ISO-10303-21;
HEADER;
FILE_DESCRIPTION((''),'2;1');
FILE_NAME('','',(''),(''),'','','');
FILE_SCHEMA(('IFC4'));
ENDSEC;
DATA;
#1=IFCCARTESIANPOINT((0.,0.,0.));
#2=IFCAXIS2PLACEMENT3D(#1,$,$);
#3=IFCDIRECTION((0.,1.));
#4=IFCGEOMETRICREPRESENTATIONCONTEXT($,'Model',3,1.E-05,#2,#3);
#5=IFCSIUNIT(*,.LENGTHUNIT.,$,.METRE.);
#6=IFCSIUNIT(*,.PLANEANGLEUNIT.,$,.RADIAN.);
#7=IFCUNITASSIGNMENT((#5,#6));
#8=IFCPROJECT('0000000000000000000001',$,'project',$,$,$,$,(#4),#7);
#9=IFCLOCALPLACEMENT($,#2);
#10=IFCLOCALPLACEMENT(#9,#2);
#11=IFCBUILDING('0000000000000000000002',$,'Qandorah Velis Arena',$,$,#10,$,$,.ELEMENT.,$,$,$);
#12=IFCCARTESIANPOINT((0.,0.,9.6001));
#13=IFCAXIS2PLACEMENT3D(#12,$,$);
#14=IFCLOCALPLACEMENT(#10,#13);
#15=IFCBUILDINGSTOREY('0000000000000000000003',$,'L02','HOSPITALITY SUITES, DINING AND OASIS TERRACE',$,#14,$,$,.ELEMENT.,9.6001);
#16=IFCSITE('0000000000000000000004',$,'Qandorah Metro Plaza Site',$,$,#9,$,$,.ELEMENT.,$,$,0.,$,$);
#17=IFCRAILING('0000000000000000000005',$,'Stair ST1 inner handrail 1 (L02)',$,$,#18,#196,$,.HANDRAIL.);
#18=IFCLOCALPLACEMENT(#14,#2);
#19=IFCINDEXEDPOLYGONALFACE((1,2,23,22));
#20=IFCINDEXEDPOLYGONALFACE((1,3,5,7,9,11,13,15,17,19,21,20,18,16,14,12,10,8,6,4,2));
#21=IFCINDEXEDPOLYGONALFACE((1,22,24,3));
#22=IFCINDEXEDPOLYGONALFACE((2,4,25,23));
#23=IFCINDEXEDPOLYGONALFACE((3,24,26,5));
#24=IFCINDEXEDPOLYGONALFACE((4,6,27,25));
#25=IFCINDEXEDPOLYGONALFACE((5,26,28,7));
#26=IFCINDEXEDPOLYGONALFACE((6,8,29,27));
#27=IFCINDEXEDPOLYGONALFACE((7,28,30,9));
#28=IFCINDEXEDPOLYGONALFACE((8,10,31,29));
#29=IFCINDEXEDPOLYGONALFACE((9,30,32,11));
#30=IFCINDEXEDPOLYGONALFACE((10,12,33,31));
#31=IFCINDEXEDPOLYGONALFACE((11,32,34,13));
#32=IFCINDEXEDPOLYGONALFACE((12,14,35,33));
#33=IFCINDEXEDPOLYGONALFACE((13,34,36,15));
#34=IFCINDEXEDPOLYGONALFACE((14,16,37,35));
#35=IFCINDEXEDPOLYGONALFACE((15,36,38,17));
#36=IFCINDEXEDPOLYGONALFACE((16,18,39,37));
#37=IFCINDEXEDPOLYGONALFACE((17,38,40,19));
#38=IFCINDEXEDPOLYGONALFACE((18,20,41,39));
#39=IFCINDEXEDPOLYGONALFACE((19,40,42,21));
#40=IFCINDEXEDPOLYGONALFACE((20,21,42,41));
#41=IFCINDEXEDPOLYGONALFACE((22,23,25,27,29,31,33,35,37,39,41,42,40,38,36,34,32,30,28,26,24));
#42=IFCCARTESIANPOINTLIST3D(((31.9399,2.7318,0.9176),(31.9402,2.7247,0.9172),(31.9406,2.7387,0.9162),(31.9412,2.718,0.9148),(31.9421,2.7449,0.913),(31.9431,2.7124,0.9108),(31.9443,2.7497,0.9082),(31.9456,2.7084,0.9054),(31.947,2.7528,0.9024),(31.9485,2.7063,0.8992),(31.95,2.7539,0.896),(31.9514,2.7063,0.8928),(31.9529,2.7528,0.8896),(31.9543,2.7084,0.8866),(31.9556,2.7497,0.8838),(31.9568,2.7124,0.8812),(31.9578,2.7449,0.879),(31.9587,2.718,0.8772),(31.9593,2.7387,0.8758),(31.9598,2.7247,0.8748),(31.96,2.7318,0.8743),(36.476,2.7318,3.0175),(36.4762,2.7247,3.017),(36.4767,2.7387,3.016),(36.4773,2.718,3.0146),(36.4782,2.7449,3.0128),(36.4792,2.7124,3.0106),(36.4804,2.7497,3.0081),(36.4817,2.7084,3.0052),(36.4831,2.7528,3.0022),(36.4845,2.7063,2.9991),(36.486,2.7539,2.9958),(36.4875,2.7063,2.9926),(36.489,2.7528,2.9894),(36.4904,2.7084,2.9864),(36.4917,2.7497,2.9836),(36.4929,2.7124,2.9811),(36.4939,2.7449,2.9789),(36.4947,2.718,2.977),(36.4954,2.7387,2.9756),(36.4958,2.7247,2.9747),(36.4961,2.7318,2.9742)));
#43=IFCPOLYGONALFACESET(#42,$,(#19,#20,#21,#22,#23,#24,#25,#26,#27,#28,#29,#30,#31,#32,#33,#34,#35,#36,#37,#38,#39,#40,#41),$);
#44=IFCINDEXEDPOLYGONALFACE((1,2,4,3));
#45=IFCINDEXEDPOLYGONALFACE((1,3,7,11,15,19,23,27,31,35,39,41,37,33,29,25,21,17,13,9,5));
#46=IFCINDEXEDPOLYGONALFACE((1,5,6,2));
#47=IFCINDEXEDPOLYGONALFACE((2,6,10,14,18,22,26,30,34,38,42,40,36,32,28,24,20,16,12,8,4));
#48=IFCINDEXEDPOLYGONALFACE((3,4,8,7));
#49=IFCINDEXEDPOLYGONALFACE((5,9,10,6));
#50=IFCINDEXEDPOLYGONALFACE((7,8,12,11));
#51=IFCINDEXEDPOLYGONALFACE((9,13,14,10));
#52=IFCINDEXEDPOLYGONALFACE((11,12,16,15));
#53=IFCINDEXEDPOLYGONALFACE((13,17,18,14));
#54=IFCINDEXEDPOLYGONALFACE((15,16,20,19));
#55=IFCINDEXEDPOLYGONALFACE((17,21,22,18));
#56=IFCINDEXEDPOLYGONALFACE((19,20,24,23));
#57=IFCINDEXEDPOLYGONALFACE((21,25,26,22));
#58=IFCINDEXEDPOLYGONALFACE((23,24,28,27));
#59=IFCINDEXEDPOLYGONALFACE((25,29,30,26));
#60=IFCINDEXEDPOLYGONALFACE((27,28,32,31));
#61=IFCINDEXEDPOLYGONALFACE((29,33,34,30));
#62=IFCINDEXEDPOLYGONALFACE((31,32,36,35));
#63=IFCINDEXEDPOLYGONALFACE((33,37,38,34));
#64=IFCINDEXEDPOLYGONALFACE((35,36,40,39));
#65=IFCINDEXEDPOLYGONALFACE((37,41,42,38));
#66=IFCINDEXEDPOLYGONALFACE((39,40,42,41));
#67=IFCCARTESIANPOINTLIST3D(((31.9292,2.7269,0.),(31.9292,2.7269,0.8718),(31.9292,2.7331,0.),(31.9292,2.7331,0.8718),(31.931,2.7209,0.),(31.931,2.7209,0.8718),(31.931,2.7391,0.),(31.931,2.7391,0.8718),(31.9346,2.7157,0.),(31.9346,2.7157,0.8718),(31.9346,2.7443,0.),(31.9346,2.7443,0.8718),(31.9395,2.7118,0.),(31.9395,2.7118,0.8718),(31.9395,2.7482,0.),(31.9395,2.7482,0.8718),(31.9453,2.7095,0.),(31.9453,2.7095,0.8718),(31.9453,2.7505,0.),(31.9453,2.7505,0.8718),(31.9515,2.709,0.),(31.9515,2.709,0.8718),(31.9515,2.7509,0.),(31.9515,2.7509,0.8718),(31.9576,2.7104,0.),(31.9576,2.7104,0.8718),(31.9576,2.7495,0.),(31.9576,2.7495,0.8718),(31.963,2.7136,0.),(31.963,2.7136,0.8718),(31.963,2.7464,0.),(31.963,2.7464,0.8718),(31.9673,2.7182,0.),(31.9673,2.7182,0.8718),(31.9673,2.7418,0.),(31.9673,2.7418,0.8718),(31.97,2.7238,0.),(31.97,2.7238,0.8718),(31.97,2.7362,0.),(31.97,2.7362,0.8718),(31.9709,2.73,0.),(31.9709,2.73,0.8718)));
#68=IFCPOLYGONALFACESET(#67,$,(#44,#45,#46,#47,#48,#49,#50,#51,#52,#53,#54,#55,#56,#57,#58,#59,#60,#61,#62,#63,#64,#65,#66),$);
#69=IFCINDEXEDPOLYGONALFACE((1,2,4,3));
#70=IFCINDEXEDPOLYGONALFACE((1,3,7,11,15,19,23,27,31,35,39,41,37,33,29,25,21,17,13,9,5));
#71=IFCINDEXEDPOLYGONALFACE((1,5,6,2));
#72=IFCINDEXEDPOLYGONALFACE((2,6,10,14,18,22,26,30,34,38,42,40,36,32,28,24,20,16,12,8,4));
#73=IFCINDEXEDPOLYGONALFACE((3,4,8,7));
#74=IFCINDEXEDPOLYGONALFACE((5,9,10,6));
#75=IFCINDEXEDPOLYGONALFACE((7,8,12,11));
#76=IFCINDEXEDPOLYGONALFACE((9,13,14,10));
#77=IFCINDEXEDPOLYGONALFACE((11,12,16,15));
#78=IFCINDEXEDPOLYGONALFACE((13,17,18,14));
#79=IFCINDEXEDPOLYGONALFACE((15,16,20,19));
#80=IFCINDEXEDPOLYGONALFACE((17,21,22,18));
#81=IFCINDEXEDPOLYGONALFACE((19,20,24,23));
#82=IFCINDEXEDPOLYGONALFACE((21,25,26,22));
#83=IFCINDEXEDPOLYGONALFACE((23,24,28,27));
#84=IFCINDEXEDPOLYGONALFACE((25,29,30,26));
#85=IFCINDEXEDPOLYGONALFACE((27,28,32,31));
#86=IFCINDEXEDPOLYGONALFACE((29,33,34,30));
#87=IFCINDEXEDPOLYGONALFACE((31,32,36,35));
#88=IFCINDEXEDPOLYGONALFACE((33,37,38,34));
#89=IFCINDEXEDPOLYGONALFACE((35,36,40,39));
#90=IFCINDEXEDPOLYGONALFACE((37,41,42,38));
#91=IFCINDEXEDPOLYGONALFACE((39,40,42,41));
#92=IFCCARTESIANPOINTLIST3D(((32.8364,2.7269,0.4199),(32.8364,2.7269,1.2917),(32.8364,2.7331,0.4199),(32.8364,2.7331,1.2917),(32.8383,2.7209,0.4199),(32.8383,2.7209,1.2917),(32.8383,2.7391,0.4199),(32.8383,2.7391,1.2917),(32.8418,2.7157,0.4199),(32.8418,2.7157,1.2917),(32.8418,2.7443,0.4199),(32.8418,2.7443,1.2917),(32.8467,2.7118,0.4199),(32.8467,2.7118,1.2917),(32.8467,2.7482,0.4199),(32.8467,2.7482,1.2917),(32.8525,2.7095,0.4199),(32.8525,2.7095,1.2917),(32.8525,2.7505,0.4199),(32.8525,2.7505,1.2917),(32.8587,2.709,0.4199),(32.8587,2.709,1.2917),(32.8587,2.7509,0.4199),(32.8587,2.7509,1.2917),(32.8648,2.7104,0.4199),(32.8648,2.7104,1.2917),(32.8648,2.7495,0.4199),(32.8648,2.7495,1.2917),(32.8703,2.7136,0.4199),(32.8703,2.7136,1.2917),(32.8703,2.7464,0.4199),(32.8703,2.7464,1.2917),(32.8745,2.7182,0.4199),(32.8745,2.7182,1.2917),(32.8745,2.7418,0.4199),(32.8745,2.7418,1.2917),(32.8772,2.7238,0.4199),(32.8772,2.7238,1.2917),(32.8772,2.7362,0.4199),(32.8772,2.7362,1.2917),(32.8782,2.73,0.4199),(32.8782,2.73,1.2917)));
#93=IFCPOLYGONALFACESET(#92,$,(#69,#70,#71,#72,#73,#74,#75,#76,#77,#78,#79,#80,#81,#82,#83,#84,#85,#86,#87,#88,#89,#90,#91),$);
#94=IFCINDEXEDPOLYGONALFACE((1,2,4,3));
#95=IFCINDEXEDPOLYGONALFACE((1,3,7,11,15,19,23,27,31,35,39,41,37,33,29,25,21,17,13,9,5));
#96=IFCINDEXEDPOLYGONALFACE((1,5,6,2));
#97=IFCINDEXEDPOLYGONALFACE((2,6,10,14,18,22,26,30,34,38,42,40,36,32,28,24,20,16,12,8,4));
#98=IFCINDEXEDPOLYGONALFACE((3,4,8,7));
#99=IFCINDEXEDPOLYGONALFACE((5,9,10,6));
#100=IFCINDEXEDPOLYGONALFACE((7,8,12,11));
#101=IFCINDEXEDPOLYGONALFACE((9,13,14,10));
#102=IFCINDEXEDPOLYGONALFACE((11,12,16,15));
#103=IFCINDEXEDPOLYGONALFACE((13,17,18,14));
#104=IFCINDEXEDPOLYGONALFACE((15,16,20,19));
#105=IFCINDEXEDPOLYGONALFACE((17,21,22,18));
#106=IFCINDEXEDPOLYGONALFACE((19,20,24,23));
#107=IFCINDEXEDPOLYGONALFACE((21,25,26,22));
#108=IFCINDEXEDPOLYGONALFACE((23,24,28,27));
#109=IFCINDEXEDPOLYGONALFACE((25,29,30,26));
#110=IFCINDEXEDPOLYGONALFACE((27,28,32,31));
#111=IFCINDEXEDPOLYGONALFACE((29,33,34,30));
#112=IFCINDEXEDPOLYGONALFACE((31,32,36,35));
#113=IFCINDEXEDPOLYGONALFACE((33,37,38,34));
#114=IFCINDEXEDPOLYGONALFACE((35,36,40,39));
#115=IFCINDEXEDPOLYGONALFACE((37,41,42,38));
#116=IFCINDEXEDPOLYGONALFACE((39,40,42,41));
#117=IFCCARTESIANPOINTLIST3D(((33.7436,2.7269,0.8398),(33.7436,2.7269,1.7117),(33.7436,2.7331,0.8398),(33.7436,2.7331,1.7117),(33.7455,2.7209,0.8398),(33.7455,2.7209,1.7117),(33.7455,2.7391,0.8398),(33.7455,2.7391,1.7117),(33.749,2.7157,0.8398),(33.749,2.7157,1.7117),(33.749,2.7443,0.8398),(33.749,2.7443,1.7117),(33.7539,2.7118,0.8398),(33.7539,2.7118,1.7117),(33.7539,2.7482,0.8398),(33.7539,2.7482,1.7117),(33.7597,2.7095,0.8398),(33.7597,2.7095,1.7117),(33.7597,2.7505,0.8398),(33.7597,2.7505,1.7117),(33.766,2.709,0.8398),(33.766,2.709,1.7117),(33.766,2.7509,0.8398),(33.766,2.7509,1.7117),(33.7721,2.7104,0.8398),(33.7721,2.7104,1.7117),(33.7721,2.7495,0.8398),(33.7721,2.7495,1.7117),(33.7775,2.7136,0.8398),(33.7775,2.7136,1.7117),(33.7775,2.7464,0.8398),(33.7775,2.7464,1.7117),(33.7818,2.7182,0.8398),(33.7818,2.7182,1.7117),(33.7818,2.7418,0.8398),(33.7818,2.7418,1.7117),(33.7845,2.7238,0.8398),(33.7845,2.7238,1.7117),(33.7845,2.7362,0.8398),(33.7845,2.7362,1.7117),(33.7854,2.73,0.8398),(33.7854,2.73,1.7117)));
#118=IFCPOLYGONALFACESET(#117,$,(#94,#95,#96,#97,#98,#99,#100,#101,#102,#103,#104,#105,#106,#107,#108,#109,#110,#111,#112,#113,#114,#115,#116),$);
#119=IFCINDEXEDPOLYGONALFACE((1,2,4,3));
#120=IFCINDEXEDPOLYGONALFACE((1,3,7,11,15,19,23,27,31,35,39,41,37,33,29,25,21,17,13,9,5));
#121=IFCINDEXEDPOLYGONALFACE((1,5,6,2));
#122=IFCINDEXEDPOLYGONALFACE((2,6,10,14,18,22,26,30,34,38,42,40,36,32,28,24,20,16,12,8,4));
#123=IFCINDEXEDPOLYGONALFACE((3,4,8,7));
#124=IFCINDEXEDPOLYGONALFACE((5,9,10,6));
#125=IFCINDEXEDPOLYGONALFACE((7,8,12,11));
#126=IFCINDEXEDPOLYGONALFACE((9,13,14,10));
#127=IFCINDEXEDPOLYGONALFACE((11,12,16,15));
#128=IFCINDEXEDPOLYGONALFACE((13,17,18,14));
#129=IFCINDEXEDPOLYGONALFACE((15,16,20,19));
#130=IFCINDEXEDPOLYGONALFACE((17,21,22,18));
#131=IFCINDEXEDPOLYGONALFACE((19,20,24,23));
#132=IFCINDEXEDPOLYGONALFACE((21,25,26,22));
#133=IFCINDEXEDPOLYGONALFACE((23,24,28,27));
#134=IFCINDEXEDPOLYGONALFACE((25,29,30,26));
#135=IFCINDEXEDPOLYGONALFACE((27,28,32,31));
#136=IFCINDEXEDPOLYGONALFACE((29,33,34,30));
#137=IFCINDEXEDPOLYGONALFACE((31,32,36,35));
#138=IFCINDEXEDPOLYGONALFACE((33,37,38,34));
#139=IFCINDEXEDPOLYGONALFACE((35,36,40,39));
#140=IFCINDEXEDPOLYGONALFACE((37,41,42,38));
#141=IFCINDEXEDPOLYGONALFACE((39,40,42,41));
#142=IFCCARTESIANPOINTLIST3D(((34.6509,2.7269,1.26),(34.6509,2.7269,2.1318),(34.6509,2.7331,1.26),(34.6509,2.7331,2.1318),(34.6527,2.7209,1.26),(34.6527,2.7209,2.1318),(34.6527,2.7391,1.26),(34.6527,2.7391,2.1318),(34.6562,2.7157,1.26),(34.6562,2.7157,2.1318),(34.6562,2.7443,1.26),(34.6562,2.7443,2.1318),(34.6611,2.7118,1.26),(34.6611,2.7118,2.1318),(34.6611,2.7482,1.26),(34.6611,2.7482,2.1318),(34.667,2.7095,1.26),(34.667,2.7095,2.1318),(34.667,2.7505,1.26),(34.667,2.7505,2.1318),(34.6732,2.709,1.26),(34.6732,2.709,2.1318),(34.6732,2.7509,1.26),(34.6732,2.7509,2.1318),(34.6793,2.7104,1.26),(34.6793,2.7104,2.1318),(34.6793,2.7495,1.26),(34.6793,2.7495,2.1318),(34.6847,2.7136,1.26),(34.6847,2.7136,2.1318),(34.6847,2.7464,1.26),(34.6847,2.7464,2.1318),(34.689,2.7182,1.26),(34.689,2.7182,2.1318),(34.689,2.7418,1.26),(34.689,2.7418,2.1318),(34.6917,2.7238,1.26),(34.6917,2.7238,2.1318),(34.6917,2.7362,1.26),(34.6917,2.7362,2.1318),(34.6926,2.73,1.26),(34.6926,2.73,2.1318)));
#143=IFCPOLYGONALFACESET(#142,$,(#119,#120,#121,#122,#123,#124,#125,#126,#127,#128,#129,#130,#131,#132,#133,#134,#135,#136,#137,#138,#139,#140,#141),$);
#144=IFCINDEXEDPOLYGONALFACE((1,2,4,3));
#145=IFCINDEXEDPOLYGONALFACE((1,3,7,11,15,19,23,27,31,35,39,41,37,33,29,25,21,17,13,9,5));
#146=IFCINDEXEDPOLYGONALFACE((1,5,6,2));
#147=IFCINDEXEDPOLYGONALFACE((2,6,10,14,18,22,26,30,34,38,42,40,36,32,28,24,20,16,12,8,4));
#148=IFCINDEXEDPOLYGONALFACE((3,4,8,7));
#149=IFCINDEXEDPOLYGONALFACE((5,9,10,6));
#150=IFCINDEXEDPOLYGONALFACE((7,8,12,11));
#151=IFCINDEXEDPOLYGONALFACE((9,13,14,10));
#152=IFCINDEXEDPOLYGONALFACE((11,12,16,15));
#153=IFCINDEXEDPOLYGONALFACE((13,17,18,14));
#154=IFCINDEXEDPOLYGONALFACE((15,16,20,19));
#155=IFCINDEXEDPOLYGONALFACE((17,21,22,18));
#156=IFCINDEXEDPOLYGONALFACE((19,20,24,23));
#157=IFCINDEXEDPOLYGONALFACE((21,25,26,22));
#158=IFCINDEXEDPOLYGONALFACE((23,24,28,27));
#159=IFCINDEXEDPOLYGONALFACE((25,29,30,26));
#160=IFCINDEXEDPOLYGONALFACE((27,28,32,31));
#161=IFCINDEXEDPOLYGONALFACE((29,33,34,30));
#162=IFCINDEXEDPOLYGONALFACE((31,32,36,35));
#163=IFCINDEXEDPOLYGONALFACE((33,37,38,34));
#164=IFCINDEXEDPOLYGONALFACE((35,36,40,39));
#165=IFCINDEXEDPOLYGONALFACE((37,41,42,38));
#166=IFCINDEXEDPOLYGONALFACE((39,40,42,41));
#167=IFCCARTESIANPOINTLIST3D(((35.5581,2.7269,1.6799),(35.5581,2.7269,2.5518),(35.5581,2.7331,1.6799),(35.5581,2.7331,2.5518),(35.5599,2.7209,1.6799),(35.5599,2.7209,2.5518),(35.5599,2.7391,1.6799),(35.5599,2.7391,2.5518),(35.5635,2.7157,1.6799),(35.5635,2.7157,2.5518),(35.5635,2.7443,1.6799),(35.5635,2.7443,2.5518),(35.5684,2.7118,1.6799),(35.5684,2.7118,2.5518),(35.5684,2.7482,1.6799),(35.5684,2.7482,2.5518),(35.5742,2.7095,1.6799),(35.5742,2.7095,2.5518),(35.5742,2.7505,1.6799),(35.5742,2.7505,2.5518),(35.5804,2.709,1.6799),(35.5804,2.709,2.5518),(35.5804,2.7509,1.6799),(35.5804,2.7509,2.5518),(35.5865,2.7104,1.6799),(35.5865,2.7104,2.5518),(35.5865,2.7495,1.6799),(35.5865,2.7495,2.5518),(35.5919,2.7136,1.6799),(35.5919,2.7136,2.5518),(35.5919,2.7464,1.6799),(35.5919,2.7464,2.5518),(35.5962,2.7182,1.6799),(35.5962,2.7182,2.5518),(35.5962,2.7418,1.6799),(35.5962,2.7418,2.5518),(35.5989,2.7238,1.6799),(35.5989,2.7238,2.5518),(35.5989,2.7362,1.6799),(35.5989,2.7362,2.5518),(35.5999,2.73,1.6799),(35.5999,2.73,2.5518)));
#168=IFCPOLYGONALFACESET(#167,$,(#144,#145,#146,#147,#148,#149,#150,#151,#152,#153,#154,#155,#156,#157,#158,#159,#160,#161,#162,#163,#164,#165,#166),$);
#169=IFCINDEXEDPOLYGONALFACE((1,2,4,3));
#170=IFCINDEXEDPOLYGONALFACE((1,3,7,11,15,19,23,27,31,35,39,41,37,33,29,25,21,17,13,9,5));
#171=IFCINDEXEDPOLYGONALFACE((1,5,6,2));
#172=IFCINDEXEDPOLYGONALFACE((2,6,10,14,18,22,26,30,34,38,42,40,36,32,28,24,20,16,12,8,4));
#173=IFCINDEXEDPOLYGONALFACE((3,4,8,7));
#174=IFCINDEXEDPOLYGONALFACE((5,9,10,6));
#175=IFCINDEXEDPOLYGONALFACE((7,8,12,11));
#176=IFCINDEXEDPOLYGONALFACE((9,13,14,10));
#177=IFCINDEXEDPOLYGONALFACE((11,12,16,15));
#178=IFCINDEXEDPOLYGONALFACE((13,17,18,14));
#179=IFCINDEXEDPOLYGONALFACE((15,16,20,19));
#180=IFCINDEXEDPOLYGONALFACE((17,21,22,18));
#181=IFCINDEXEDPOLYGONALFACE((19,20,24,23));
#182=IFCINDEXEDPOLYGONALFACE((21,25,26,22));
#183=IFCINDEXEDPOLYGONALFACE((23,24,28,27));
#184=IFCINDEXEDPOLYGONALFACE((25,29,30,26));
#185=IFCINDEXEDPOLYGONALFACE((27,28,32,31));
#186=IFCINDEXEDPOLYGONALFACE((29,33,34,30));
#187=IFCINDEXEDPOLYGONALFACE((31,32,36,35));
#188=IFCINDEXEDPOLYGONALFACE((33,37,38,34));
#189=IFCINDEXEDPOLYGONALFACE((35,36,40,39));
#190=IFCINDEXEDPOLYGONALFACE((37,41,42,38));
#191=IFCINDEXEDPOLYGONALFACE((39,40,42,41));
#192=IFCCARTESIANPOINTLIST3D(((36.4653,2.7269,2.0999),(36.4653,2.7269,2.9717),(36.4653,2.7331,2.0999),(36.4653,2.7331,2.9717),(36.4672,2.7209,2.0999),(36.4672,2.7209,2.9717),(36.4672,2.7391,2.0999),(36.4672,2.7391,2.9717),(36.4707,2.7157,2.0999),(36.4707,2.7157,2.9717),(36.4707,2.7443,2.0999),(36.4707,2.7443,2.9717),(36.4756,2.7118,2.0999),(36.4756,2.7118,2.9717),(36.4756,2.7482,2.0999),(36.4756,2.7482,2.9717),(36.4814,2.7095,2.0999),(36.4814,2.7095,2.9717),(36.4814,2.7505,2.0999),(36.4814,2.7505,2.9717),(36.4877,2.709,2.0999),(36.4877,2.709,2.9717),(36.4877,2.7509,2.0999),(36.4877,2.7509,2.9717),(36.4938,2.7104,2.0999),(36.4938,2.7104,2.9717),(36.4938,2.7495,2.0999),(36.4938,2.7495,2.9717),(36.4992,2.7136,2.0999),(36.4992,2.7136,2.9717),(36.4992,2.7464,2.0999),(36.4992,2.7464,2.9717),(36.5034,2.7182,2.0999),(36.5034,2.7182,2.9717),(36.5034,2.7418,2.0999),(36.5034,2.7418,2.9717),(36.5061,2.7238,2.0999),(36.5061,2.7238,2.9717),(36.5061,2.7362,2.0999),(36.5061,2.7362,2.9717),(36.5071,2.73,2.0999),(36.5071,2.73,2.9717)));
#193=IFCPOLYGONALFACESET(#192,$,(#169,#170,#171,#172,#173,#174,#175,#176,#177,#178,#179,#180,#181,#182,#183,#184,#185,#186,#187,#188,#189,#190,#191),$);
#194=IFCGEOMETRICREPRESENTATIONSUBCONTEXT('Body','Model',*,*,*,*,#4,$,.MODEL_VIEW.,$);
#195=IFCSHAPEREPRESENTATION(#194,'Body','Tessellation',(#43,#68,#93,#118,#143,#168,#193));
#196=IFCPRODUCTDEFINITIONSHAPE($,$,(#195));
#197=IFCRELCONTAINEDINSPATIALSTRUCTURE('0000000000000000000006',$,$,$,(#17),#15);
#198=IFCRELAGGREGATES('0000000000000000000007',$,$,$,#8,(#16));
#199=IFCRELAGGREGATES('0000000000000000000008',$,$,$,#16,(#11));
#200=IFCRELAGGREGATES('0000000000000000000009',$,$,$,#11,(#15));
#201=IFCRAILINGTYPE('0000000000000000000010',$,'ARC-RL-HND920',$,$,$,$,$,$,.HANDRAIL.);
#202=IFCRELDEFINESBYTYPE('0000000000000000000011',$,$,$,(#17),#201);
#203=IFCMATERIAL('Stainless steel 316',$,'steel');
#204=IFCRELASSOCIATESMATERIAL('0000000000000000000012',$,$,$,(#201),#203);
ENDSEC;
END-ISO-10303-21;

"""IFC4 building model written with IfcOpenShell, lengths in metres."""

from ifc_helpers import new_model, si_unit, direction, frame, origin, origin_2d, place, context, subcontext, project, spatial, circle, extrude, material, type_object, element, save


model = new_model("IFC4")

# Units and contexts
model_context = context("Model", 3, precision=1e-05, world=origin(), true_north=direction((0.0, 1.0)))
body_context = subcontext(model_context, "Body", "Model", "MODEL_VIEW")
ifc_project = project(units=[si_unit("LENGTHUNIT", "METRE"), si_unit("PLANEANGLEUNIT", "RADIAN")], contexts=[model_context])

# Site, building, storey
site_placement = place(None, origin())
site = spatial("IfcSite", under=ifc_project, at=site_placement, Name="Qandorah Metro Plaza Site", CompositionType="ELEMENT", RefElevation=0.0)
building_placement = place(site_placement, origin())
building = spatial("IfcBuilding", under=site, at=building_placement, Name="Qandorah Velis Arena", CompositionType="ELEMENT")
storey_placement = place(building_placement, frame((0.0, 0.0, 9.6001)))
storey = spatial("IfcBuildingStorey", under=building, at=storey_placement, Name="L02", Description="HOSPITALITY SUITES, DINING AND OASIS TERRACE", CompositionType="ELEMENT", Elevation=9.6001)

# Railing
ifc_material_1 = material(Name="Stainless steel 316", Category="steel")
railing_type_1 = type_object("IfcRailingType", Name="ARC-RL-HND920", PredefinedType="HANDRAIL", material=ifc_material_1)
railing_1_placement = place(storey_placement, frame((31.95, 2.73, 0.0)))
element("IfcRailing", 1, at=railing_1_placement, inside=storey, type_object=railing_type_1, Name="Stair ST1 inner handrail 1 (L02)", PredefinedType="HANDRAIL", context=body_context, shape_type="SweptSolid", body=[
    extrude(circle(Radius=0.0239, at=origin_2d()), frame((0.0, 0.0, 0.896), z_axis=(0.907483, 0.0, 0.420089), x_axis=(0.0, 1.0, 0.0)), (0.0, 0.0, 1.0), 4.9985),
    extrude(circle(Radius=0.021, at=origin_2d()), origin(), (0.0, 0.0, 1.0), 0.8718),
    extrude(circle(Radius=0.021, at=origin_2d()), frame((0.9072, 0.0, 0.4199)), (0.0, 0.0, 1.0), 0.8718),
    extrude(circle(Radius=0.021, at=origin_2d()), frame((1.8145, 0.0, 0.8398)), (0.0, 0.0, 1.0), 0.8718),
    extrude(circle(Radius=0.021, at=origin_2d()), frame((2.7217, 0.0, 1.26)), (0.0, 0.0, 1.0), 0.8718),
    extrude(circle(Radius=0.021, at=origin_2d()), frame((3.6289, 0.0, 1.6799)), (0.0, 0.0, 1.0), 0.8718),
    extrude(circle(Radius=0.021, at=origin_2d()), frame((4.5361, 0.0, 2.0999)), (0.0, 0.0, 1.0), 0.8718),
])

save(model, "model.ifc")
